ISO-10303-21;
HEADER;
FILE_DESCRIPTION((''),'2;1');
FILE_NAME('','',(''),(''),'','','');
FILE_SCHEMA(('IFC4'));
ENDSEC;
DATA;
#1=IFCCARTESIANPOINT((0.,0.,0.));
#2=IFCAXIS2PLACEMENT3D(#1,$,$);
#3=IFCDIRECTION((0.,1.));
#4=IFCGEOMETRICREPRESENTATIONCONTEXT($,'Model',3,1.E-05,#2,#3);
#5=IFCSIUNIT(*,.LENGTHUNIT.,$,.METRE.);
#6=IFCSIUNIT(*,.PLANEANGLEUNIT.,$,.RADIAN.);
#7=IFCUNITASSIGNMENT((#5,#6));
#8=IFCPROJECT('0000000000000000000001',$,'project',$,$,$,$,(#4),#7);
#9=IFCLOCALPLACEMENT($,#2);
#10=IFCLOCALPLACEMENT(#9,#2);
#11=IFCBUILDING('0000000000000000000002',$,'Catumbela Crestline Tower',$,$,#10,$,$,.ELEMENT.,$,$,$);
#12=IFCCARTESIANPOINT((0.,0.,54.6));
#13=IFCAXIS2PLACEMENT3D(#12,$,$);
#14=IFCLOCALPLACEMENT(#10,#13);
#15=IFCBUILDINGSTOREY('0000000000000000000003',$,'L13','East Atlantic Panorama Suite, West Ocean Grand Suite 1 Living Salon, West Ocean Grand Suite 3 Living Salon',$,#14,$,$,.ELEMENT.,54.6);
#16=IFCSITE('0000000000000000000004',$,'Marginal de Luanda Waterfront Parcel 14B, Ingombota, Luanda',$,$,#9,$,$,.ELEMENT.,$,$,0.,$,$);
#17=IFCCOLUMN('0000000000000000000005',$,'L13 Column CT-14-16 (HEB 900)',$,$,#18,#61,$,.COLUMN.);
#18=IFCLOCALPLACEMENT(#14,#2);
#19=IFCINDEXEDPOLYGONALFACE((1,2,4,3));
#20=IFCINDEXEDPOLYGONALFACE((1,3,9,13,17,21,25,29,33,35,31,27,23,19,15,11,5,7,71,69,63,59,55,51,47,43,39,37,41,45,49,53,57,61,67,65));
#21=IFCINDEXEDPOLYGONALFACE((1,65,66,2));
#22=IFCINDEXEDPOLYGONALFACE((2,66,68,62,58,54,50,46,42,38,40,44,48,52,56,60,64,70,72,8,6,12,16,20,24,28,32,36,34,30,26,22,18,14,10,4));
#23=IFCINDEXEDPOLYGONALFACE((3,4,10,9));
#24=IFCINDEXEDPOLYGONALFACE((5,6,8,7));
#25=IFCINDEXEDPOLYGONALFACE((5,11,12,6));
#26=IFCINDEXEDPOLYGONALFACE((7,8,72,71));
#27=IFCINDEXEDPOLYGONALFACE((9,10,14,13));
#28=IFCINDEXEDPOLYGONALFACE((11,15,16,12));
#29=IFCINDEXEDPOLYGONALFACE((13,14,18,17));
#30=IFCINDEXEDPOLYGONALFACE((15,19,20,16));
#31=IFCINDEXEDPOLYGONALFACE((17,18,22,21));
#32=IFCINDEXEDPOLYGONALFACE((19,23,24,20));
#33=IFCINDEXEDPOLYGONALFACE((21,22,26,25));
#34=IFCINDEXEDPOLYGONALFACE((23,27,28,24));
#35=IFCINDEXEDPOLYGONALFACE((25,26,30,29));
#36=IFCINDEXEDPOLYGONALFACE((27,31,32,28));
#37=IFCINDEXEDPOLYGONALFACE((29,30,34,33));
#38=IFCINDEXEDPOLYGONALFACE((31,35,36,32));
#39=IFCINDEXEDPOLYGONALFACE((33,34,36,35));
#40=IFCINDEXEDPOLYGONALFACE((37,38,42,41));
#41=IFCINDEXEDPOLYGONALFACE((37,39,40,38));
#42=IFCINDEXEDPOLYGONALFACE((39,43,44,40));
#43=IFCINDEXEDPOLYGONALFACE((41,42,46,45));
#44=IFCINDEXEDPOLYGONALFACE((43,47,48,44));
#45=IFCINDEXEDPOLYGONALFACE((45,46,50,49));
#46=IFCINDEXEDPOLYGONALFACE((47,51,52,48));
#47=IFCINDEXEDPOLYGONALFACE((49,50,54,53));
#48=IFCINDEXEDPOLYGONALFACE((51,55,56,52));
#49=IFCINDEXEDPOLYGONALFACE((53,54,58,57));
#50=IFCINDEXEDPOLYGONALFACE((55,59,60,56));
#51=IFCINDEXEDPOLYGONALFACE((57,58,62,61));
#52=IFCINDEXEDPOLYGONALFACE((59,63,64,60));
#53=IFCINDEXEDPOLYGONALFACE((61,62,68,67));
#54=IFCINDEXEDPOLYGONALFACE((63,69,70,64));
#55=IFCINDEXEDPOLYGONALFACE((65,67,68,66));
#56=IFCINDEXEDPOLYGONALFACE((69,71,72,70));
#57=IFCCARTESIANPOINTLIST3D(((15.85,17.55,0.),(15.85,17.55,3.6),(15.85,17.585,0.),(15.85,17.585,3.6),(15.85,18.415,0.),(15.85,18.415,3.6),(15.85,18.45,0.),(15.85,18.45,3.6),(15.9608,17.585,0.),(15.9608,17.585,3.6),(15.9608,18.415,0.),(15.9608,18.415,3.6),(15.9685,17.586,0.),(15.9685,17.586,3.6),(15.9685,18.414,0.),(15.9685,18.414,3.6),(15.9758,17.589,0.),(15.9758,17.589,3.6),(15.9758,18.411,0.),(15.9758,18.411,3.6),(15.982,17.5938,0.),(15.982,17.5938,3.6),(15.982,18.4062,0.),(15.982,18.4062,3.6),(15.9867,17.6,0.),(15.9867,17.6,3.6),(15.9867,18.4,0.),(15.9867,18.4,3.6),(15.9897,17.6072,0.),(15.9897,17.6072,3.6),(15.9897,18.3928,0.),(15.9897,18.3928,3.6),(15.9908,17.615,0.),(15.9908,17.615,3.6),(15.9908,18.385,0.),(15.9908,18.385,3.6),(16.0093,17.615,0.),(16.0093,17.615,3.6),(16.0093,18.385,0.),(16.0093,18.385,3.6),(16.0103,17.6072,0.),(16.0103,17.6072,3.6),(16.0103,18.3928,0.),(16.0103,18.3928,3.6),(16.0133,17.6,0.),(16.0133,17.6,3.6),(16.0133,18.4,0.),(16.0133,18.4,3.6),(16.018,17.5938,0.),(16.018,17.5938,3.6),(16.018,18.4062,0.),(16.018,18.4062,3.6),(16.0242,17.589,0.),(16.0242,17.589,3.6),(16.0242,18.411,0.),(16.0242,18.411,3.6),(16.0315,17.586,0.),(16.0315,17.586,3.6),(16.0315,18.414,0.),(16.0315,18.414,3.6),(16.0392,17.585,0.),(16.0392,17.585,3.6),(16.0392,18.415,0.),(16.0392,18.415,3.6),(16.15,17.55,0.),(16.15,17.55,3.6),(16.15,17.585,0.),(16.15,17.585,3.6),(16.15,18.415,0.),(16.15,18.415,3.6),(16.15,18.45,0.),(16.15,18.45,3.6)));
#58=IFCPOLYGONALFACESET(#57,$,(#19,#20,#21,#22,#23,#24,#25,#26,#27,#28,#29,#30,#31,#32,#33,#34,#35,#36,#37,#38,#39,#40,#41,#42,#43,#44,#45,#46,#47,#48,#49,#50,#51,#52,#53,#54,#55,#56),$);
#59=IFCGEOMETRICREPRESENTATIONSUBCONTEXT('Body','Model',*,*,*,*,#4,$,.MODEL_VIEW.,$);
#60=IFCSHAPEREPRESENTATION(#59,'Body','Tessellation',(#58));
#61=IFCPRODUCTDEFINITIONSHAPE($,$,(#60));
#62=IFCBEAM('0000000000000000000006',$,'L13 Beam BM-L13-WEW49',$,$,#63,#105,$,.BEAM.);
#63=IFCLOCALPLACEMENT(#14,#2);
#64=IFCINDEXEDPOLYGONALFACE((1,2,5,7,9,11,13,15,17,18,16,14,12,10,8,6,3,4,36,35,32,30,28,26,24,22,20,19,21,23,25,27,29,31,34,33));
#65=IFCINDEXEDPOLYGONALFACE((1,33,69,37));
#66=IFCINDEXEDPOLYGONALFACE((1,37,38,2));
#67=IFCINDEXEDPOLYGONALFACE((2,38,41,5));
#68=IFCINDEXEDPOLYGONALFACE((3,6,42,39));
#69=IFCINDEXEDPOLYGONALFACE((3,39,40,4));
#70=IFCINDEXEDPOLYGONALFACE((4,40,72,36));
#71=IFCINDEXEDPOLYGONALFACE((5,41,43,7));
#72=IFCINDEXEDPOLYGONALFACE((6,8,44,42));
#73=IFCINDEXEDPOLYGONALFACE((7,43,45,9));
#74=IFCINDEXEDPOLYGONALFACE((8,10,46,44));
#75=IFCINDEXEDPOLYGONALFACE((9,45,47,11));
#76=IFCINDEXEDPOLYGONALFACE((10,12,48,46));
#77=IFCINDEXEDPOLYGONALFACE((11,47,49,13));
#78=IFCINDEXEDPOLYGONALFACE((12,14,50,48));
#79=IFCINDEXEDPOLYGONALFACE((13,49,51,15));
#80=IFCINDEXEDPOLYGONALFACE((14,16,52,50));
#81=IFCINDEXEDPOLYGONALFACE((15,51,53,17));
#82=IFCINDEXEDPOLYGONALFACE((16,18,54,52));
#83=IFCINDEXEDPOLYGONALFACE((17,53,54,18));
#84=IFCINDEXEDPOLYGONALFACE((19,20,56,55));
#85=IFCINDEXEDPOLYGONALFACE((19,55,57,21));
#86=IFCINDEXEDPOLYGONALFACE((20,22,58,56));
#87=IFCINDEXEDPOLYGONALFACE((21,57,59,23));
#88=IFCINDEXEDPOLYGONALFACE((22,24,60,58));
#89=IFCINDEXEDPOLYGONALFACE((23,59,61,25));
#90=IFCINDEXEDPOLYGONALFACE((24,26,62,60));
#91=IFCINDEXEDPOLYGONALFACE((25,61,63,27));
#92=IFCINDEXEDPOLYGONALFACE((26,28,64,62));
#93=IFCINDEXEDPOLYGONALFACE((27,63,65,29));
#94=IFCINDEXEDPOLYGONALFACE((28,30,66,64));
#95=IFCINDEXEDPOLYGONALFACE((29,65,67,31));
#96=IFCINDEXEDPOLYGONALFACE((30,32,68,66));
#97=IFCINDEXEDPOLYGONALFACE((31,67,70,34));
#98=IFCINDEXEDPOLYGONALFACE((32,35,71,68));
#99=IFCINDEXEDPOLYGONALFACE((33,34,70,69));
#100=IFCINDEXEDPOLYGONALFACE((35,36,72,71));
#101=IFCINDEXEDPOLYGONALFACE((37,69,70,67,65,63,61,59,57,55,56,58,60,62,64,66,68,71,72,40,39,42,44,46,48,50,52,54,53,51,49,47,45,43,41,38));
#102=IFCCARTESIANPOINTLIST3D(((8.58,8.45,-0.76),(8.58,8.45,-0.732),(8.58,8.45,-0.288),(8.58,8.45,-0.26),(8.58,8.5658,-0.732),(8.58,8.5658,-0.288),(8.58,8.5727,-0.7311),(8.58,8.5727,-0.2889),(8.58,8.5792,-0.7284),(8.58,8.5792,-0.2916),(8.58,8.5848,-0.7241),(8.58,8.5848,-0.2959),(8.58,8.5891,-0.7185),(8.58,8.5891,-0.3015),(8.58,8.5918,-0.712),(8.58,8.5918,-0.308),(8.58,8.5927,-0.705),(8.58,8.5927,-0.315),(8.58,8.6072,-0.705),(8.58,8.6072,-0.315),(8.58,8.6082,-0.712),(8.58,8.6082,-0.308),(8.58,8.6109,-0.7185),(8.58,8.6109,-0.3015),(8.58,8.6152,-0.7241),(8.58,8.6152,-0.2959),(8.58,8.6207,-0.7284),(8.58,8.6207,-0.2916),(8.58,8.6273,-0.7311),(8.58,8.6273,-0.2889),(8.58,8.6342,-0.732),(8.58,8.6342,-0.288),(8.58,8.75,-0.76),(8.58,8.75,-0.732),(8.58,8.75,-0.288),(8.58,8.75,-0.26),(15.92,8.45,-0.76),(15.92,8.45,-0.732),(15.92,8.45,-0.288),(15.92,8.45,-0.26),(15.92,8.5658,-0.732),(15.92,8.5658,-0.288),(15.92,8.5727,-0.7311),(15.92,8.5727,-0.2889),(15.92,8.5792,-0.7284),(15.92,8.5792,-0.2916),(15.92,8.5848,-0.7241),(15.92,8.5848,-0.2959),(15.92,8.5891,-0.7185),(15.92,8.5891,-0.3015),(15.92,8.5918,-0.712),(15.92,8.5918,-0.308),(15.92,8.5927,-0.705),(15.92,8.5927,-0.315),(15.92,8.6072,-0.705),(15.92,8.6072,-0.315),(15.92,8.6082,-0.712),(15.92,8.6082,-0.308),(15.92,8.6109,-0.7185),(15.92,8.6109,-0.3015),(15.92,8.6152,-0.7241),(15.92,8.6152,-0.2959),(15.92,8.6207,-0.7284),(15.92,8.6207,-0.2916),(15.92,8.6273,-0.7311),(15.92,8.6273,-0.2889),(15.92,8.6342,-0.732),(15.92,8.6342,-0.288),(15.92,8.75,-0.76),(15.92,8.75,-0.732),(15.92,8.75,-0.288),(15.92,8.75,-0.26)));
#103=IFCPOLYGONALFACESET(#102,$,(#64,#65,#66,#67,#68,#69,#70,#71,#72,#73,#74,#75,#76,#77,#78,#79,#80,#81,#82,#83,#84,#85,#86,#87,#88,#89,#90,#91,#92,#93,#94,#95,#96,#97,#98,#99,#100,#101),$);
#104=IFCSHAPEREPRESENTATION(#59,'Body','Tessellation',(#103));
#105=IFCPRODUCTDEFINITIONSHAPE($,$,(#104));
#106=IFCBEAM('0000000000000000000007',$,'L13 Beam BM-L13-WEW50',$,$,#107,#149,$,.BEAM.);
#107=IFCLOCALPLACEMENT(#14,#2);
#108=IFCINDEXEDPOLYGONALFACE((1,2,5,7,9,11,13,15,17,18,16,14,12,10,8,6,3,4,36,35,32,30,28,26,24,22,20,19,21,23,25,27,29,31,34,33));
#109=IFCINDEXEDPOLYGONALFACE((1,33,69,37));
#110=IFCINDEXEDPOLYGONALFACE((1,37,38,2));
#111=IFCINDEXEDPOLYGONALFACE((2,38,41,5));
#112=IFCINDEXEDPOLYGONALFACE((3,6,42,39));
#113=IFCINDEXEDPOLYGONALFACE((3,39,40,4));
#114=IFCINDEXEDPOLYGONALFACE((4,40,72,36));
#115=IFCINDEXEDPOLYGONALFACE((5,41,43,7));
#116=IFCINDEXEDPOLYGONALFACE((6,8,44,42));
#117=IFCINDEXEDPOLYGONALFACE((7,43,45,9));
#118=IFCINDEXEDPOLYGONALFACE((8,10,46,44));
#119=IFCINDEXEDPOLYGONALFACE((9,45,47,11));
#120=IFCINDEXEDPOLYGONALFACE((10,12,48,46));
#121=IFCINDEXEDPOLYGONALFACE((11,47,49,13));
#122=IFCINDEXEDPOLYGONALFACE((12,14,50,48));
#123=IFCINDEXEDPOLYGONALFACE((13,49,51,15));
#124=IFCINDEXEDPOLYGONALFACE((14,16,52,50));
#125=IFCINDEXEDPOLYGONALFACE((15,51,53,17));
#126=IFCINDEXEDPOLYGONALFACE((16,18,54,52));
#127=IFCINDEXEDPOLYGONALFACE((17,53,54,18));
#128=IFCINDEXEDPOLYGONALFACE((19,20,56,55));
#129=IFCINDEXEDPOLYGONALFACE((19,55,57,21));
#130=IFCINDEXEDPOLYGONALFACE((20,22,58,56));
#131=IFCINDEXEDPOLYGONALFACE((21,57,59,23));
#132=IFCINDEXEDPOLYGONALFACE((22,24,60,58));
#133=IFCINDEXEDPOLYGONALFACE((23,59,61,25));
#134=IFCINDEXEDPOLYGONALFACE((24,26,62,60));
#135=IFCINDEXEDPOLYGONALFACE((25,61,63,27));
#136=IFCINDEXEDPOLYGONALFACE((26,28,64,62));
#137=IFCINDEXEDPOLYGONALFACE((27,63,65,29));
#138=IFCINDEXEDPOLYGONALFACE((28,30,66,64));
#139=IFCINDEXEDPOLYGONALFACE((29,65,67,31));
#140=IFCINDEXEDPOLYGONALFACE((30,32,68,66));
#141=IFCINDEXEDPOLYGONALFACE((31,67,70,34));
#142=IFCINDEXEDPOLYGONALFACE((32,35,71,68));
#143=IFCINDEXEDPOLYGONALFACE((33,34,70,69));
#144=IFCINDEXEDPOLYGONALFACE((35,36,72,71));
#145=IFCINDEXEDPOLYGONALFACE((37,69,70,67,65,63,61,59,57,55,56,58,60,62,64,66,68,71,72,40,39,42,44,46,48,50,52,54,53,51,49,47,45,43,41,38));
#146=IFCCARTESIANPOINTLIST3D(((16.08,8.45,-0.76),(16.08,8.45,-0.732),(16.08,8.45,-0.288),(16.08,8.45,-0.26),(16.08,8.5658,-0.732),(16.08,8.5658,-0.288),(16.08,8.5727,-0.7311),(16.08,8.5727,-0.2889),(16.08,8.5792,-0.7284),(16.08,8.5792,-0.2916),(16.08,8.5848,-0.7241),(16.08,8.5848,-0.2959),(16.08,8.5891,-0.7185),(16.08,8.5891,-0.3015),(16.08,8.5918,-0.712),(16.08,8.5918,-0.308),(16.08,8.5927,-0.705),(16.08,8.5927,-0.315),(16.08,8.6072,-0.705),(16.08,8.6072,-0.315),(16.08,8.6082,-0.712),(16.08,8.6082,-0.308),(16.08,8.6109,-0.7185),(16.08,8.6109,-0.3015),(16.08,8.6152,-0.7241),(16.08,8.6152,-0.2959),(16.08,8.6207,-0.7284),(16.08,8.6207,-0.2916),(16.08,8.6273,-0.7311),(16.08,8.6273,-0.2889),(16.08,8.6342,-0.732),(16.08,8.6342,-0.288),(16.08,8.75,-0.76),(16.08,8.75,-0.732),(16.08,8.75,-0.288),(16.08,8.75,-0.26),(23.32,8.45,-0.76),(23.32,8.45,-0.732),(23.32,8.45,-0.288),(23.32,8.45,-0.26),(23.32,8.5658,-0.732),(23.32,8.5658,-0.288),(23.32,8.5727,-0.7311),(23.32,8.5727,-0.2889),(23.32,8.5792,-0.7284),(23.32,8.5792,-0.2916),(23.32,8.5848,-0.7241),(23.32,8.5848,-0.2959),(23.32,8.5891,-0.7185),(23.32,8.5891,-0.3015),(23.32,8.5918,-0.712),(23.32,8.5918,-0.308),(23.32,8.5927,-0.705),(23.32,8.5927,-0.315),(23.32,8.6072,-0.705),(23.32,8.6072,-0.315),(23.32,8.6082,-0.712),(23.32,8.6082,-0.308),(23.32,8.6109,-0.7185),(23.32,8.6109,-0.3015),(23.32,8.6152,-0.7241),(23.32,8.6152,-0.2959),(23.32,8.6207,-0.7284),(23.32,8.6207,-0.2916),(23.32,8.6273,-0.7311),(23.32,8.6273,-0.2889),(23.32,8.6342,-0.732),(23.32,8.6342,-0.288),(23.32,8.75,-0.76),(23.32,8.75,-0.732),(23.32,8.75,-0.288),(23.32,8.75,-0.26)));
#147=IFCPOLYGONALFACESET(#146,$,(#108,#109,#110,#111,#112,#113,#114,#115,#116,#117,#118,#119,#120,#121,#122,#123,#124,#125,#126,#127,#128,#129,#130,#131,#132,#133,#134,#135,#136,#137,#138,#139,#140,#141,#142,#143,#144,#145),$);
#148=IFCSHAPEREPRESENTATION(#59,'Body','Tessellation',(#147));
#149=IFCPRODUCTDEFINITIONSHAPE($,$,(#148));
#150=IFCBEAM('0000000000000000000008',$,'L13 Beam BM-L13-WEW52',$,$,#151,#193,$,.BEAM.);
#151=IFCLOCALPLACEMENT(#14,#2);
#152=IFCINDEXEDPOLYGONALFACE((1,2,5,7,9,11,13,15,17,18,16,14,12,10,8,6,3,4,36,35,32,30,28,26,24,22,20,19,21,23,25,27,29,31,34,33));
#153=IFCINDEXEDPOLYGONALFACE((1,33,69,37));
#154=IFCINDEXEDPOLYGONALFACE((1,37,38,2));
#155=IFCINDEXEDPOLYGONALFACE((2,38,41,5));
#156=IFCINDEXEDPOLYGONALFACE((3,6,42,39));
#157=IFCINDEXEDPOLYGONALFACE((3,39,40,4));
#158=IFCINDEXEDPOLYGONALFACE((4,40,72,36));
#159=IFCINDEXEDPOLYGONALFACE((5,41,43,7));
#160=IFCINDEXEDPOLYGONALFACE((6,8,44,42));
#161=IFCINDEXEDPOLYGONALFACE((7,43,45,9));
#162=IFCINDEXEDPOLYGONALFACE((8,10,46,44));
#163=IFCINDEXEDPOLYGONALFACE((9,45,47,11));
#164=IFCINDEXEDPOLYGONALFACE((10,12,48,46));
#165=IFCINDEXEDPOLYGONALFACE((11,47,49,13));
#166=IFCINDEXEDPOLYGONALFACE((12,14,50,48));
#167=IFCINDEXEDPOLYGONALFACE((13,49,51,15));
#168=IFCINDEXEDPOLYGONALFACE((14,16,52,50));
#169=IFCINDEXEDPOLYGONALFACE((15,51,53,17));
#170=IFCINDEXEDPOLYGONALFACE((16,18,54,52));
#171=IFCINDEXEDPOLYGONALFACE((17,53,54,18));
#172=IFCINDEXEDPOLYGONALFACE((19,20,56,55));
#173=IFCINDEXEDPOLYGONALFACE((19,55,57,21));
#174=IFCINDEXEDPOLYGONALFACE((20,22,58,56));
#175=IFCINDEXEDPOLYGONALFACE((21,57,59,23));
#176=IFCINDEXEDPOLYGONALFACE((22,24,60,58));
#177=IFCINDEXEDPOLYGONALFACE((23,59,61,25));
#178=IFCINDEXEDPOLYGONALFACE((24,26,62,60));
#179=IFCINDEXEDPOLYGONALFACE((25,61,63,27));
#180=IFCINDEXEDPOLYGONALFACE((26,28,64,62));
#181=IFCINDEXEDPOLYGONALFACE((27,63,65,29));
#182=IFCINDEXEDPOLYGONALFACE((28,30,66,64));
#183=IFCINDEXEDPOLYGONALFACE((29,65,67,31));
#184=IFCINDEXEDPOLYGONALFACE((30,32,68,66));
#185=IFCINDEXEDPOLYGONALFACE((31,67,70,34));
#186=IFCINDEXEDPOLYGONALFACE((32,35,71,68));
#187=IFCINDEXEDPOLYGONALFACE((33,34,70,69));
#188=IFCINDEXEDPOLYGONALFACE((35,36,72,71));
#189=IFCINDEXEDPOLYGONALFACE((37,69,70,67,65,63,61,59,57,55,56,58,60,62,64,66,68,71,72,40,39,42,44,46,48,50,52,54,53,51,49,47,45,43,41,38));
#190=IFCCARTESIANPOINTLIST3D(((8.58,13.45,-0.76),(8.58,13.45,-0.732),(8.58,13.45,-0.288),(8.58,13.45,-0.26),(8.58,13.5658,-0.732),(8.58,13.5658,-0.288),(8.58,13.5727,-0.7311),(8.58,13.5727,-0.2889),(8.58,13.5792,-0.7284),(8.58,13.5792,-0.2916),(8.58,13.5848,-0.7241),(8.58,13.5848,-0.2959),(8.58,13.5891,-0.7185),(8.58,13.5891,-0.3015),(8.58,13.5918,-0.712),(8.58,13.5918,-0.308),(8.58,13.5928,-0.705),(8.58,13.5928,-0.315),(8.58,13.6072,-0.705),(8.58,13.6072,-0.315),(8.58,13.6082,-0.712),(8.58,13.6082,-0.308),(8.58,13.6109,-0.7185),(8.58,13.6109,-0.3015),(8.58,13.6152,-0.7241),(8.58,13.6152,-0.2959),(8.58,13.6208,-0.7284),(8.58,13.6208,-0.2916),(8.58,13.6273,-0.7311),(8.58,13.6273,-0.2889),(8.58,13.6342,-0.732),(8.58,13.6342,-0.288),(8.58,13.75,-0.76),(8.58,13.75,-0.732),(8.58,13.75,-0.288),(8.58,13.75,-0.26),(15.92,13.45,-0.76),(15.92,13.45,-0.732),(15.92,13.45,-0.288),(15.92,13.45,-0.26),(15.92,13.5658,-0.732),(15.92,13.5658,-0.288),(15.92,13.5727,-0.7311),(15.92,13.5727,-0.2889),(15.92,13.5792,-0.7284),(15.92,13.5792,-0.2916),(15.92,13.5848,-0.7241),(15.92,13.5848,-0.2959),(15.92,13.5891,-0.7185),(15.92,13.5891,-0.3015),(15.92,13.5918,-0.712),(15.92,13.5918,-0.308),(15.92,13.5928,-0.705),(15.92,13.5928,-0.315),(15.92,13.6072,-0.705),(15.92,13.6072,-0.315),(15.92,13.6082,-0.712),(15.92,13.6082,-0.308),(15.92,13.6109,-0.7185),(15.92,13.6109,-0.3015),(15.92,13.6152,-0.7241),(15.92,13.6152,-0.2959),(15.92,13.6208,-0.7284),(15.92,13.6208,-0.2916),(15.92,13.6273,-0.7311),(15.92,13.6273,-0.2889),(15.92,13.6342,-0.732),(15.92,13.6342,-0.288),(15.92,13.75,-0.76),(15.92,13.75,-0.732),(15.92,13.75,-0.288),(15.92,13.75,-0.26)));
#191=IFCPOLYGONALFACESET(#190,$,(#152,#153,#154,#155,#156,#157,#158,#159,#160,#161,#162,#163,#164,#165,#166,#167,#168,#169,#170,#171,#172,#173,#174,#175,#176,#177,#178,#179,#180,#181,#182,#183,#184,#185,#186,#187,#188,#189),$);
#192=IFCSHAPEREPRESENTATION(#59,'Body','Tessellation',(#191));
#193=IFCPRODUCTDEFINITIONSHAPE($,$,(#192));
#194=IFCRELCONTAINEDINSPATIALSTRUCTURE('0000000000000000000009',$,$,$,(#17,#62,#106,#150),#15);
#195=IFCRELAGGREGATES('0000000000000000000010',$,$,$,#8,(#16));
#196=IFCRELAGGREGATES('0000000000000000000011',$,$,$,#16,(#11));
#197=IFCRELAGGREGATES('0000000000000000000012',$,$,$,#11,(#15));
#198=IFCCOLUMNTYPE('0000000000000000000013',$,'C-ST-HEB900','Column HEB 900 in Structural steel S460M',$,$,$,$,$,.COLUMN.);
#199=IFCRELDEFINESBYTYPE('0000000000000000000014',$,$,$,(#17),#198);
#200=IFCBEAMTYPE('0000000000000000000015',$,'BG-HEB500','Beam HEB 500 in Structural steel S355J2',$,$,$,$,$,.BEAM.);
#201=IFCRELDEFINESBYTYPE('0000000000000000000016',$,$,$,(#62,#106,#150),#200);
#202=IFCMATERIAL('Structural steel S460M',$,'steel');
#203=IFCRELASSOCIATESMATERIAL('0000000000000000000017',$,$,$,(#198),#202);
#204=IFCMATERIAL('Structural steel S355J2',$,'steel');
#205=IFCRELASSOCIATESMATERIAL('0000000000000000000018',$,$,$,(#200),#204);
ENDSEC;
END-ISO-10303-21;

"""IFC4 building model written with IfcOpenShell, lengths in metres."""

from ifc_helpers import new_model, si_unit, direction, frame, origin, origin_2d, place, context, subcontext, project, spatial, i_section, extrude, material, material_profile, profile_set, type_object, element, save


model = new_model("IFC4")

# Units and contexts
model_context = context("Model", 3, precision=1e-05, world=origin(), true_north=direction((0.0, 1.0)))
body_context = subcontext(model_context, "Body", "Model", "MODEL_VIEW")
ifc_project = project(units=[si_unit("LENGTHUNIT", "METRE"), si_unit("PLANEANGLEUNIT", "RADIAN")], contexts=[model_context])

# Site, building, storey
site_placement = place(None, origin())
site = spatial("IfcSite", under=ifc_project, at=site_placement, Name="Marginal de Luanda Waterfront Parcel 14B, Ingombota, Luanda", CompositionType="ELEMENT", RefElevation=0.0)
building_placement = place(site_placement, origin())
building = spatial("IfcBuilding", under=site, at=building_placement, Name="Catumbela Crestline Tower", CompositionType="ELEMENT")
storey_placement = place(building_placement, frame((0.0, 0.0, 54.6)))
storey = spatial("IfcBuildingStorey", under=building, at=storey_placement, Name="L13", Description="East Atlantic Panorama Suite, West Ocean Grand Suite 1 Living Salon, West Ocean Grand Suite 3 Living Salon", CompositionType="ELEMENT", Elevation=54.6)

# Column
ifc_material_1 = material(Name="Structural steel S460M", Category="steel")
ifc_material_profile_1 = material_profile(ifc_material_1, i_section(OverallWidth=0.3, OverallDepth=0.9, WebThickness=0.0185, FlangeThickness=0.035, FilletRadius=0.03, at=origin_2d()), Name="HEB 900")
ifc_profile_set_1 = profile_set([ifc_material_profile_1], Name="Structural steel S460M")
column_type = type_object("IfcColumnType", Name="C-ST-HEB900", Description="Column HEB 900 in Structural steel S460M", PredefinedType="COLUMN", material=ifc_profile_set_1)
for number, where, z_axis, x_axis, name in (
    (1, (16.0, 18.0, 0.0), (0.0, 0.0, 1.0), (1.0, 0.0, 0.0), "L13 Column CT-14-16 (HEB 900)"),
):
    element("IfcColumn", number, at=place(storey_placement, frame(where, z_axis=z_axis, x_axis=x_axis)), inside=storey, type_object=column_type, Name=name, PredefinedType="COLUMN", context=body_context, shape_type="SweptSolid", body=[
        extrude(i_section(OverallWidth=0.3, OverallDepth=0.9, WebThickness=0.0185, FlangeThickness=0.035, FilletRadius=0.03, at=origin_2d()), origin(), (0.0, 0.0, 1.0), 3.6),
    ])

# Beams
ifc_material_2 = material(Name="Structural steel S355J2", Category="steel")
ifc_material_profile_2 = material_profile(ifc_material_2, i_section(OverallWidth=0.3, OverallDepth=0.5, WebThickness=0.0145, FlangeThickness=0.028, FilletRadius=0.027, at=origin_2d()), Name="HEB 500")
ifc_profile_set_2 = profile_set([ifc_material_profile_2], Name="Structural steel S355J2")
beam_type_1 = type_object("IfcBeamType", Name="BG-HEB500", Description="Beam HEB 500 in Structural steel S355J2", PredefinedType="BEAM", material=ifc_profile_set_2)
beam_1_placement = place(storey_placement, frame((8.58, 8.6, -0.51), z_axis=(1.0, 0.0, 0.0), x_axis=(0.0, 1.0, 0.0)))
element("IfcBeam", 2, at=beam_1_placement, inside=storey, type_object=beam_type_1, Name="L13 Beam BM-L13-WEW49", PredefinedType="BEAM", context=body_context, shape_type="SweptSolid", body=[
    extrude(i_section(OverallWidth=0.3, OverallDepth=0.5, WebThickness=0.0145, FlangeThickness=0.028, FilletRadius=0.027, at=origin_2d()), origin(), (0.0, 0.0, 1.0), 7.34),
])
beam_2_placement = place(storey_placement, frame((16.08, 8.6, -0.51), z_axis=(1.0, 0.0, 0.0), x_axis=(0.0, 1.0, 0.0)))
element("IfcBeam", 3, at=beam_2_placement, inside=storey, type_object=beam_type_1, Name="L13 Beam BM-L13-WEW50", PredefinedType="BEAM", context=body_context, shape_type="SweptSolid", body=[
    extrude(i_section(OverallWidth=0.3, OverallDepth=0.5, WebThickness=0.0145, FlangeThickness=0.028, FilletRadius=0.027, at=origin_2d()), origin(), (0.0, 0.0, 1.0), 7.24),
])
beam_3_placement = place(storey_placement, frame((8.58, 13.6, -0.51), z_axis=(1.0, 0.0, 0.0), x_axis=(0.0, 1.0, 0.0)))
element("IfcBeam", 4, at=beam_3_placement, inside=storey, type_object=beam_type_1, Name="L13 Beam BM-L13-WEW52", PredefinedType="BEAM", context=body_context, shape_type="SweptSolid", body=[
    extrude(i_section(OverallWidth=0.3, OverallDepth=0.5, WebThickness=0.0145, FlangeThickness=0.028, FilletRadius=0.027, at=origin_2d()), origin(), (0.0, 0.0, 1.0), 7.34),
])

save(model, "model.ifc")
